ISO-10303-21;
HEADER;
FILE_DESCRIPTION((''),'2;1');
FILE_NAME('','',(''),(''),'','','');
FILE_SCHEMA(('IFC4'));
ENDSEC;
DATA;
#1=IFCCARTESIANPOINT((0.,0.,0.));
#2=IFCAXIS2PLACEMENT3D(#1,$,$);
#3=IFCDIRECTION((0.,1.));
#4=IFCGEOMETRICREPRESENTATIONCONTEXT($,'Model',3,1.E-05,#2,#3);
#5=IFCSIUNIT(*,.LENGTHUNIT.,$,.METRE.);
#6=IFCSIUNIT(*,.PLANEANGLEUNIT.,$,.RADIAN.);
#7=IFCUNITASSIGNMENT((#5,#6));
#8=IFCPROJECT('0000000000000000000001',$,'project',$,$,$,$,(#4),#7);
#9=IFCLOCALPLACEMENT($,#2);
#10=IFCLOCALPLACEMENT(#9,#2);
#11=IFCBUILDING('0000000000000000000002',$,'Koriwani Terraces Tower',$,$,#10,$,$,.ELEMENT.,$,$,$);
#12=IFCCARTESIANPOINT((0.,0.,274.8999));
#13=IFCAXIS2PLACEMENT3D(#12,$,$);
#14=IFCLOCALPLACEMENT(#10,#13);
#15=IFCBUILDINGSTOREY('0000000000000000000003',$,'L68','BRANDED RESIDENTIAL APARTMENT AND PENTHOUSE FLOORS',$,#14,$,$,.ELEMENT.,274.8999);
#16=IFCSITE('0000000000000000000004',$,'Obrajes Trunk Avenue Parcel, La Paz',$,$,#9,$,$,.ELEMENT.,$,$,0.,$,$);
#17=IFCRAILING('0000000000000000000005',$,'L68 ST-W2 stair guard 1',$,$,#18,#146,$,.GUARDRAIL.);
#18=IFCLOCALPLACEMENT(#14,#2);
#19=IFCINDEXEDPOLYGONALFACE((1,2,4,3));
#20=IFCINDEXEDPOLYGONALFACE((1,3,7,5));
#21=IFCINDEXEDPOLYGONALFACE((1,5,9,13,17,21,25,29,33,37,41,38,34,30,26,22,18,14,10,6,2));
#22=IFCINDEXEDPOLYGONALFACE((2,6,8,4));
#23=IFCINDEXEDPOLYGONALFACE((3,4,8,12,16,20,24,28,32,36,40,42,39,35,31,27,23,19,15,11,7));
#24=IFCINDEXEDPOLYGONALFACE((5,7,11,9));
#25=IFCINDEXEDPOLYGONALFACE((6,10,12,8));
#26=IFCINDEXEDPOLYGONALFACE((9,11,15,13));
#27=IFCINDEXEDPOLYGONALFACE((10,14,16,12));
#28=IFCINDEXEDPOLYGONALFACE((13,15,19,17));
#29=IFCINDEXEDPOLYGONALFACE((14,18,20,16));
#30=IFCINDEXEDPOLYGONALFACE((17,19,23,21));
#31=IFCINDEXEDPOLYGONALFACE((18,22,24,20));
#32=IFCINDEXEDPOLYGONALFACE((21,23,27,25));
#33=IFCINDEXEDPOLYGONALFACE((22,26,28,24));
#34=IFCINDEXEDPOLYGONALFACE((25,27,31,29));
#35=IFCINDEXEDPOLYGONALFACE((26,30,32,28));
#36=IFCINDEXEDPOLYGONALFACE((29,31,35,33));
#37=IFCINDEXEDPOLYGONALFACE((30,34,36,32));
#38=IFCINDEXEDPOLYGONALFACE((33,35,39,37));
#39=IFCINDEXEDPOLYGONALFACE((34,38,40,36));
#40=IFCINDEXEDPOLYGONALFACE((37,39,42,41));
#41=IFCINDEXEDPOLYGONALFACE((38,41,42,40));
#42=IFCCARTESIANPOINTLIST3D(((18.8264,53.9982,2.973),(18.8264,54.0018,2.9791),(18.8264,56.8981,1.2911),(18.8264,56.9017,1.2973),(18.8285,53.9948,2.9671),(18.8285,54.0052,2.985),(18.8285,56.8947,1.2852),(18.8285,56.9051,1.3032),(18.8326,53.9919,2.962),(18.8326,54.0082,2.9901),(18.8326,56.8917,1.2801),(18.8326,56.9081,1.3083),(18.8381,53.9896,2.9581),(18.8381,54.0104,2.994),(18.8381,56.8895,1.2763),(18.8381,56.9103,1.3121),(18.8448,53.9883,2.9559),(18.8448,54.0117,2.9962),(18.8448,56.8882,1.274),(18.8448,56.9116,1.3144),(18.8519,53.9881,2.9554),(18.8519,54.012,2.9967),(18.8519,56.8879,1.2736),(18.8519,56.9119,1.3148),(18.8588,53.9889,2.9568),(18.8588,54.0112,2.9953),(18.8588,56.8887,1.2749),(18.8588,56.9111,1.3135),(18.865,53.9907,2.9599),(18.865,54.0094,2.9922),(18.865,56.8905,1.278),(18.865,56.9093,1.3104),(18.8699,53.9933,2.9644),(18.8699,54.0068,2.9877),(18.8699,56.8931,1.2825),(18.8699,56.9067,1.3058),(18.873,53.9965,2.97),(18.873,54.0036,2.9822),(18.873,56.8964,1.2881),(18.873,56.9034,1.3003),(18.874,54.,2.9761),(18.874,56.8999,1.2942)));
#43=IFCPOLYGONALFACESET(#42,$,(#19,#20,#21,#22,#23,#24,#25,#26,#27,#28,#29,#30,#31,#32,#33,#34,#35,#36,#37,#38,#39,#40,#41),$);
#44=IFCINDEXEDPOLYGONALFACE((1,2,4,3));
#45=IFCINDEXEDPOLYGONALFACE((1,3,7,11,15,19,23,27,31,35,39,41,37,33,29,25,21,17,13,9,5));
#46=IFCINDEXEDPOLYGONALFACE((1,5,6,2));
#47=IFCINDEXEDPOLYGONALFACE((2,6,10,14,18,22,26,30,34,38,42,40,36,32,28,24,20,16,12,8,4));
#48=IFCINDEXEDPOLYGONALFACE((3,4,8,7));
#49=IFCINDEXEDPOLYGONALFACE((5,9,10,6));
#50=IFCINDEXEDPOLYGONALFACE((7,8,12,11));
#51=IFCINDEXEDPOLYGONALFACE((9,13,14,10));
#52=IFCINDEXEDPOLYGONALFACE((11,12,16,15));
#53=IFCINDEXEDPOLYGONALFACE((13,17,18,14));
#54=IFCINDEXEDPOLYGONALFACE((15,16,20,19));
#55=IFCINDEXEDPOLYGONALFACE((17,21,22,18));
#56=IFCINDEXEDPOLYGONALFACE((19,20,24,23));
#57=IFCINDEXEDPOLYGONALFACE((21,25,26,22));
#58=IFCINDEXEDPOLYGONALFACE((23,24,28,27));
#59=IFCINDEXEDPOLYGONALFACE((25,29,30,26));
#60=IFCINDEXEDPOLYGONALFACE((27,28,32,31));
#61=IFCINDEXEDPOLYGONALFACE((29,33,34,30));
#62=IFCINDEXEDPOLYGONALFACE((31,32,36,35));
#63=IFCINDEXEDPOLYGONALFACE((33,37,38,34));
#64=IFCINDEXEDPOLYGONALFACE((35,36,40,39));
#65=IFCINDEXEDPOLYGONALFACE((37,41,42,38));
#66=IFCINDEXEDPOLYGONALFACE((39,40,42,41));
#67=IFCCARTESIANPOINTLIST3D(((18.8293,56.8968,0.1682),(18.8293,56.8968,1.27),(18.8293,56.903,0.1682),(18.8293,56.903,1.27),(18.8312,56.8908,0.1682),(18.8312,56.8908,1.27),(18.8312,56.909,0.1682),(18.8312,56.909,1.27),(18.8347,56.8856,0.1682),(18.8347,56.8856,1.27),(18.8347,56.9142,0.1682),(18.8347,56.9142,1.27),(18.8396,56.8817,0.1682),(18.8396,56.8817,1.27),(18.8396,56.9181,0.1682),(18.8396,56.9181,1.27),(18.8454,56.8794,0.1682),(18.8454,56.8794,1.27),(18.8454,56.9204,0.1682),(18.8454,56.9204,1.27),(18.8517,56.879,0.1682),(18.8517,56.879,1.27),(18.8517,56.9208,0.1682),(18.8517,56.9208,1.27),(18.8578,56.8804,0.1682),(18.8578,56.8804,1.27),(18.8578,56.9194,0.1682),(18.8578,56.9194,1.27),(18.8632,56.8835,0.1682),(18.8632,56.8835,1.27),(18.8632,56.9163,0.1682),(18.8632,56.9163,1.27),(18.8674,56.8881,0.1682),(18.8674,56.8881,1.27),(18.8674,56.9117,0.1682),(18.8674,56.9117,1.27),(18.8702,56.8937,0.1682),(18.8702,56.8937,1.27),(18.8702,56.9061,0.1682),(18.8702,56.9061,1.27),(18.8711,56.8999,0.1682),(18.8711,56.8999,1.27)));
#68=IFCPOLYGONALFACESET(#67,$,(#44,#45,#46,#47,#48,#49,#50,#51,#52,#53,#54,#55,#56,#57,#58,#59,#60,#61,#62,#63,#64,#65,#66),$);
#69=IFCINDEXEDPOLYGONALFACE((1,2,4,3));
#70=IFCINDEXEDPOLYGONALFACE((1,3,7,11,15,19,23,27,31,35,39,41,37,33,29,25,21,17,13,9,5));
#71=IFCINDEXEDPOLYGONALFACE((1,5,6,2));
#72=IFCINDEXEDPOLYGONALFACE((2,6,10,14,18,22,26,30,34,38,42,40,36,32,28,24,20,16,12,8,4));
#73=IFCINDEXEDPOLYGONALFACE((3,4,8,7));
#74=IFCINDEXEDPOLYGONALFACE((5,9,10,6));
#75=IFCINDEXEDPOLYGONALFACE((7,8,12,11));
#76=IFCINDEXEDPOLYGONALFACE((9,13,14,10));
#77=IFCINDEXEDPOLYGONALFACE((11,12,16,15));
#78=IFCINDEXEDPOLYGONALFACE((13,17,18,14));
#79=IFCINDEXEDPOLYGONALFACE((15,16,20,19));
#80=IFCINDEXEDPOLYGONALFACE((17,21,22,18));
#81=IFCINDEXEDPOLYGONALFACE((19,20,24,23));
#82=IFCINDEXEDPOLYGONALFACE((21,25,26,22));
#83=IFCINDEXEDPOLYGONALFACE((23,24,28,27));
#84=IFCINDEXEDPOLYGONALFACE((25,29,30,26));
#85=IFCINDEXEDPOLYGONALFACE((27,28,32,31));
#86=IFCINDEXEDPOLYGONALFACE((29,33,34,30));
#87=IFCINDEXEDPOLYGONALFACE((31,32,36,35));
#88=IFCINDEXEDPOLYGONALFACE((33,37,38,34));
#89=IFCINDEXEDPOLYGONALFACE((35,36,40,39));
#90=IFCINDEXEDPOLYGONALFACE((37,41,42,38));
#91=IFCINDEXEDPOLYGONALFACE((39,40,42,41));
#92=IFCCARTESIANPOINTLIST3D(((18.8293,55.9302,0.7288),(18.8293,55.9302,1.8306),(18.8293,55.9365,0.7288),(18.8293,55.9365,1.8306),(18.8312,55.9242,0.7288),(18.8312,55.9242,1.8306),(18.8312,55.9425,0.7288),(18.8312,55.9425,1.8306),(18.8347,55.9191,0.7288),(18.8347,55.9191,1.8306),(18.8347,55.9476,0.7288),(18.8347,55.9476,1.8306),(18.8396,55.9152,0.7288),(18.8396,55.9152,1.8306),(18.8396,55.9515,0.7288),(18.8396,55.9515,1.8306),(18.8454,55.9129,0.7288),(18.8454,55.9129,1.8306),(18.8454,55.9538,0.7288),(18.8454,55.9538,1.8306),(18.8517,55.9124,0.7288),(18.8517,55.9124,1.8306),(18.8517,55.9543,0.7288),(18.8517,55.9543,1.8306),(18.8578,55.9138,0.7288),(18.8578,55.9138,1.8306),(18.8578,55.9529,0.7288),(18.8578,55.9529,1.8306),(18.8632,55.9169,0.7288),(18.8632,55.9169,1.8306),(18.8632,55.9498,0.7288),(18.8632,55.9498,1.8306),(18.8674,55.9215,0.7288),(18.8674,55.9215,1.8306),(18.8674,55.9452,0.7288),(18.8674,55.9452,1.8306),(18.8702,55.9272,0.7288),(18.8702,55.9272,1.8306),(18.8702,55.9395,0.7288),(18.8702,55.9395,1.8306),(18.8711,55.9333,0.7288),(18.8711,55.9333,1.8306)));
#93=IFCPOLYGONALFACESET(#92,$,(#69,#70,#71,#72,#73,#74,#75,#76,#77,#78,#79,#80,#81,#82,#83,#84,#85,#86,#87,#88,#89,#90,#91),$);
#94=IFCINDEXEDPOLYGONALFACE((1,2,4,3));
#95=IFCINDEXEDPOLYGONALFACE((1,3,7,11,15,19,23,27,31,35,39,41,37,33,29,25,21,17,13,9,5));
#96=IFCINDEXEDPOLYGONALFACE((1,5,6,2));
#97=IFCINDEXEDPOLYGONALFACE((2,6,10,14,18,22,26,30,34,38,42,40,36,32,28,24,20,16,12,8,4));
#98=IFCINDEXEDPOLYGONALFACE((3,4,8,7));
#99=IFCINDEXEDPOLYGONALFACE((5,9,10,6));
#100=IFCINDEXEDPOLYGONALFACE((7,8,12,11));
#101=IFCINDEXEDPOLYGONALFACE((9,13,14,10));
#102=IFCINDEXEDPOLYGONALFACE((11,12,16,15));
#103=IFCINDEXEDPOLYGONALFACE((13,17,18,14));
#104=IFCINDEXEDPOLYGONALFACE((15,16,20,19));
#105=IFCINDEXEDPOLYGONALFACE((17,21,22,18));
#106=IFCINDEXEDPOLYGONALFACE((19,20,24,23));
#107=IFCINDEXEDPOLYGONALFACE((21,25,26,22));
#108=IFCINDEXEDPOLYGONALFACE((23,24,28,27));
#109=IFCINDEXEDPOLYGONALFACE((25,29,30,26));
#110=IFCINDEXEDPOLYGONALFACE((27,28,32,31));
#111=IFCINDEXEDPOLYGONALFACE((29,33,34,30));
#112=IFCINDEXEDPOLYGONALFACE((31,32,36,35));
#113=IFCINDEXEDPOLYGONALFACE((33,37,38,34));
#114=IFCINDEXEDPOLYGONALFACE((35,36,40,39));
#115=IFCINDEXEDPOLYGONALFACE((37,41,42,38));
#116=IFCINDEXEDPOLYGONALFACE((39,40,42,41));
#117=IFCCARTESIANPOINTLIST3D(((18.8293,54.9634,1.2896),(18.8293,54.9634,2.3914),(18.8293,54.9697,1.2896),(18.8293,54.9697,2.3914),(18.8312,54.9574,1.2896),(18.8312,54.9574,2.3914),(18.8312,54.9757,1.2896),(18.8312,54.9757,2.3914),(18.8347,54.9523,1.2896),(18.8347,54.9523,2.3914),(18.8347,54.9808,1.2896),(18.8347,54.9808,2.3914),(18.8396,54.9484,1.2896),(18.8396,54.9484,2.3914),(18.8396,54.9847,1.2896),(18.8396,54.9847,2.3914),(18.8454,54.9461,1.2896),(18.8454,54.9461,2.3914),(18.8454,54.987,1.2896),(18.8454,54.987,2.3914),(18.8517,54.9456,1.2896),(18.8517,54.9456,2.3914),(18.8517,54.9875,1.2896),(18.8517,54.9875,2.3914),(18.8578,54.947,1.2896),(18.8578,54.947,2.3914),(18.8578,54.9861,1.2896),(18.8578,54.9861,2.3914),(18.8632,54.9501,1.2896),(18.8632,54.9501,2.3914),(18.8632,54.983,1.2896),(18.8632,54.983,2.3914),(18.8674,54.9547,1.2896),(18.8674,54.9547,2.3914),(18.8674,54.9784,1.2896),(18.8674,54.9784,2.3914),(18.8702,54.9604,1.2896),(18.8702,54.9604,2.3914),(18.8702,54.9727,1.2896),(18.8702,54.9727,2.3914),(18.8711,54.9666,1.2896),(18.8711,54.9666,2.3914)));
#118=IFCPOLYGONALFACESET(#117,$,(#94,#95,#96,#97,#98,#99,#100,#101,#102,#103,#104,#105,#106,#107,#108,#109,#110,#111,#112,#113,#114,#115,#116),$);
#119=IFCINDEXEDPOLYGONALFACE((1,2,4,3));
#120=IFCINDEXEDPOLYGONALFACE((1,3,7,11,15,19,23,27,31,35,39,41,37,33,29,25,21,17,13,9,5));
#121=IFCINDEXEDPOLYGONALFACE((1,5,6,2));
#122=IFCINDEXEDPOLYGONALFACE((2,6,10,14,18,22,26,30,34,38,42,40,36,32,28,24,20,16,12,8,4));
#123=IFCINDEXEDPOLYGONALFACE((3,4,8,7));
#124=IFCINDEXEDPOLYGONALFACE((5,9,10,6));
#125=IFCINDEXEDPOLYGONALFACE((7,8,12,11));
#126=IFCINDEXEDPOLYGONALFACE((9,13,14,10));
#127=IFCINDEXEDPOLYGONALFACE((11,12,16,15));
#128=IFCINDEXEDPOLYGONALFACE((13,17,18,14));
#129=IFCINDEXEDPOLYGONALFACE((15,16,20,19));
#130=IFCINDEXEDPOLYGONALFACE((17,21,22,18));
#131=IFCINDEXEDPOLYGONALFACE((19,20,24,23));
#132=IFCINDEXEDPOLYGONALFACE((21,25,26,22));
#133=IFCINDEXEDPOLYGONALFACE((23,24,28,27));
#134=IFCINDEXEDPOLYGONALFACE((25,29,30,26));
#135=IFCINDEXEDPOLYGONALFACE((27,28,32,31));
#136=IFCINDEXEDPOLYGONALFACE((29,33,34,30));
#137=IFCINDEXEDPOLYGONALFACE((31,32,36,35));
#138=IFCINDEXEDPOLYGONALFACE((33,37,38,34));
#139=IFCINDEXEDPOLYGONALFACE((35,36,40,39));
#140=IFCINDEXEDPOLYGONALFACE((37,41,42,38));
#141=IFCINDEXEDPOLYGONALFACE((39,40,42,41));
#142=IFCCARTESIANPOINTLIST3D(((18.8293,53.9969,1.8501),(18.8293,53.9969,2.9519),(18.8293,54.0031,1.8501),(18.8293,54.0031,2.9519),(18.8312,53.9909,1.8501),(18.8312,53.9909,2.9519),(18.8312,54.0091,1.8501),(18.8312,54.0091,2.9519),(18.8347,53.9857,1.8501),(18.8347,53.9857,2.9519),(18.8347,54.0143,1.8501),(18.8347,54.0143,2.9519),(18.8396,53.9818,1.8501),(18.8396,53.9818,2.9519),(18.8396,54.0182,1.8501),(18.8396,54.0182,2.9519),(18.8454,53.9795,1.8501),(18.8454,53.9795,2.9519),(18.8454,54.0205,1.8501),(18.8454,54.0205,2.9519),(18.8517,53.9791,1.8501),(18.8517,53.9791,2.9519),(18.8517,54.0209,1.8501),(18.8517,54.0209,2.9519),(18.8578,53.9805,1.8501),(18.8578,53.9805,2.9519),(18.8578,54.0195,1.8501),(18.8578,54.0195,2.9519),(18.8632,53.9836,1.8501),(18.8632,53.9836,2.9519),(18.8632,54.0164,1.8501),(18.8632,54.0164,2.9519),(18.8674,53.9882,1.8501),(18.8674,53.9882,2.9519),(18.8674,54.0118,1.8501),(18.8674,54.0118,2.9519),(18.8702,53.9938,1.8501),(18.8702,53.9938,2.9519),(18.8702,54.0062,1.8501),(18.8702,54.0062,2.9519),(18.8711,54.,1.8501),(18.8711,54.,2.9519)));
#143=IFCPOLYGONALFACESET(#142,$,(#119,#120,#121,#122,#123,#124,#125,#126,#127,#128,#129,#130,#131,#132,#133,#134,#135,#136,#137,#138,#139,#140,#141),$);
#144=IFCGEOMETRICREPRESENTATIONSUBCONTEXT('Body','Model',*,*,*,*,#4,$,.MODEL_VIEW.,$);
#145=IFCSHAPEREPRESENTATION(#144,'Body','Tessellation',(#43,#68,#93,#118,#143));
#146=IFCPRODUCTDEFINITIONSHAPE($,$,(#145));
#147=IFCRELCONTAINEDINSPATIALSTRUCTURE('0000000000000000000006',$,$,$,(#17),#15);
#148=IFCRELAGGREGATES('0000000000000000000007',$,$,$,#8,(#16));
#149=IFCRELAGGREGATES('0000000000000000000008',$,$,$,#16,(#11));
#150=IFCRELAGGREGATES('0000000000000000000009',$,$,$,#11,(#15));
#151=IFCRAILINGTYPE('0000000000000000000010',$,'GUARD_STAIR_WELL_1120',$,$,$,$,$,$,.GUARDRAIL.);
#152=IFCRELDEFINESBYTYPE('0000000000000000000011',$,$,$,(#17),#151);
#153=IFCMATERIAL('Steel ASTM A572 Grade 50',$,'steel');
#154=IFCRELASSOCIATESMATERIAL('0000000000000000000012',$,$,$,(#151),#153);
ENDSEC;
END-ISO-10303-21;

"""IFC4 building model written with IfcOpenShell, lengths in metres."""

from ifc_helpers import new_model, si_unit, direction, frame, origin, origin_2d, place, context, subcontext, project, spatial, circle, extrude, material, type_object, element, save


model = new_model("IFC4")

# Units and contexts
model_context = context("Model", 3, precision=1e-05, world=origin(), true_north=direction((0.0, 1.0)))
body_context = subcontext(model_context, "Body", "Model", "MODEL_VIEW")
ifc_project = project(units=[si_unit("LENGTHUNIT", "METRE"), si_unit("PLANEANGLEUNIT", "RADIAN")], contexts=[model_context])

# Site, building, storey
site_placement = place(None, origin())
site = spatial("IfcSite", under=ifc_project, at=site_placement, Name="Obrajes Trunk Avenue Parcel, La Paz", CompositionType="ELEMENT", RefElevation=0.0)
building_placement = place(site_placement, origin())
building = spatial("IfcBuilding", under=site, at=building_placement, Name="Koriwani Terraces Tower", CompositionType="ELEMENT")
storey_placement = place(building_placement, frame((0.0, 0.0, 274.8999)))
storey = spatial("IfcBuildingStorey", under=building, at=storey_placement, Name="L68", Description="BRANDED RESIDENTIAL APARTMENT AND PENTHOUSE FLOORS", CompositionType="ELEMENT", Elevation=274.8999)

# Shared definitions
ifc_material_1 = material(Name="Steel ASTM A572 Grade 50", Category="steel")

# Railing
railing_type_1 = type_object("IfcRailingType", Name="GUARD_STAIR_WELL_1120", PredefinedType="GUARDRAIL", material=ifc_material_1)
railing_1_placement = place(storey_placement, frame((18.8501, 56.8999, 0.1682)))
element("IfcRailing", 1, at=railing_1_placement, inside=storey, type_object=railing_type_1, Name="L68 ST-W2 stair guard 1", PredefinedType="GUARDRAIL", context=body_context, shape_type="SweptSolid", body=[
    extrude(circle(Radius=0.0239, at=origin_2d()), frame((0.0, 0.0, 1.126), z_axis=(0.0, -0.865039, 0.501705), x_axis=(1.0, 0.0, 0.0)), (0.0, 0.0, 1.0), 3.3523),
    extrude(circle(Radius=0.021, at=origin_2d()), origin(), (0.0, 0.0, 1.0), 1.1018),
    extrude(circle(Radius=0.021, at=origin_2d()), frame((0.0, -0.9666, 0.5605)), (0.0, 0.0, 1.0), 1.1018),
    extrude(circle(Radius=0.021, at=origin_2d()), frame((0.0, -1.9333, 1.1213)), (0.0, 0.0, 1.0), 1.1018),
    extrude(circle(Radius=0.021, at=origin_2d()), frame((0.0, -2.8999, 1.6819)), (0.0, 0.0, 1.0), 1.1018),
])

save(model, "model.ifc")
